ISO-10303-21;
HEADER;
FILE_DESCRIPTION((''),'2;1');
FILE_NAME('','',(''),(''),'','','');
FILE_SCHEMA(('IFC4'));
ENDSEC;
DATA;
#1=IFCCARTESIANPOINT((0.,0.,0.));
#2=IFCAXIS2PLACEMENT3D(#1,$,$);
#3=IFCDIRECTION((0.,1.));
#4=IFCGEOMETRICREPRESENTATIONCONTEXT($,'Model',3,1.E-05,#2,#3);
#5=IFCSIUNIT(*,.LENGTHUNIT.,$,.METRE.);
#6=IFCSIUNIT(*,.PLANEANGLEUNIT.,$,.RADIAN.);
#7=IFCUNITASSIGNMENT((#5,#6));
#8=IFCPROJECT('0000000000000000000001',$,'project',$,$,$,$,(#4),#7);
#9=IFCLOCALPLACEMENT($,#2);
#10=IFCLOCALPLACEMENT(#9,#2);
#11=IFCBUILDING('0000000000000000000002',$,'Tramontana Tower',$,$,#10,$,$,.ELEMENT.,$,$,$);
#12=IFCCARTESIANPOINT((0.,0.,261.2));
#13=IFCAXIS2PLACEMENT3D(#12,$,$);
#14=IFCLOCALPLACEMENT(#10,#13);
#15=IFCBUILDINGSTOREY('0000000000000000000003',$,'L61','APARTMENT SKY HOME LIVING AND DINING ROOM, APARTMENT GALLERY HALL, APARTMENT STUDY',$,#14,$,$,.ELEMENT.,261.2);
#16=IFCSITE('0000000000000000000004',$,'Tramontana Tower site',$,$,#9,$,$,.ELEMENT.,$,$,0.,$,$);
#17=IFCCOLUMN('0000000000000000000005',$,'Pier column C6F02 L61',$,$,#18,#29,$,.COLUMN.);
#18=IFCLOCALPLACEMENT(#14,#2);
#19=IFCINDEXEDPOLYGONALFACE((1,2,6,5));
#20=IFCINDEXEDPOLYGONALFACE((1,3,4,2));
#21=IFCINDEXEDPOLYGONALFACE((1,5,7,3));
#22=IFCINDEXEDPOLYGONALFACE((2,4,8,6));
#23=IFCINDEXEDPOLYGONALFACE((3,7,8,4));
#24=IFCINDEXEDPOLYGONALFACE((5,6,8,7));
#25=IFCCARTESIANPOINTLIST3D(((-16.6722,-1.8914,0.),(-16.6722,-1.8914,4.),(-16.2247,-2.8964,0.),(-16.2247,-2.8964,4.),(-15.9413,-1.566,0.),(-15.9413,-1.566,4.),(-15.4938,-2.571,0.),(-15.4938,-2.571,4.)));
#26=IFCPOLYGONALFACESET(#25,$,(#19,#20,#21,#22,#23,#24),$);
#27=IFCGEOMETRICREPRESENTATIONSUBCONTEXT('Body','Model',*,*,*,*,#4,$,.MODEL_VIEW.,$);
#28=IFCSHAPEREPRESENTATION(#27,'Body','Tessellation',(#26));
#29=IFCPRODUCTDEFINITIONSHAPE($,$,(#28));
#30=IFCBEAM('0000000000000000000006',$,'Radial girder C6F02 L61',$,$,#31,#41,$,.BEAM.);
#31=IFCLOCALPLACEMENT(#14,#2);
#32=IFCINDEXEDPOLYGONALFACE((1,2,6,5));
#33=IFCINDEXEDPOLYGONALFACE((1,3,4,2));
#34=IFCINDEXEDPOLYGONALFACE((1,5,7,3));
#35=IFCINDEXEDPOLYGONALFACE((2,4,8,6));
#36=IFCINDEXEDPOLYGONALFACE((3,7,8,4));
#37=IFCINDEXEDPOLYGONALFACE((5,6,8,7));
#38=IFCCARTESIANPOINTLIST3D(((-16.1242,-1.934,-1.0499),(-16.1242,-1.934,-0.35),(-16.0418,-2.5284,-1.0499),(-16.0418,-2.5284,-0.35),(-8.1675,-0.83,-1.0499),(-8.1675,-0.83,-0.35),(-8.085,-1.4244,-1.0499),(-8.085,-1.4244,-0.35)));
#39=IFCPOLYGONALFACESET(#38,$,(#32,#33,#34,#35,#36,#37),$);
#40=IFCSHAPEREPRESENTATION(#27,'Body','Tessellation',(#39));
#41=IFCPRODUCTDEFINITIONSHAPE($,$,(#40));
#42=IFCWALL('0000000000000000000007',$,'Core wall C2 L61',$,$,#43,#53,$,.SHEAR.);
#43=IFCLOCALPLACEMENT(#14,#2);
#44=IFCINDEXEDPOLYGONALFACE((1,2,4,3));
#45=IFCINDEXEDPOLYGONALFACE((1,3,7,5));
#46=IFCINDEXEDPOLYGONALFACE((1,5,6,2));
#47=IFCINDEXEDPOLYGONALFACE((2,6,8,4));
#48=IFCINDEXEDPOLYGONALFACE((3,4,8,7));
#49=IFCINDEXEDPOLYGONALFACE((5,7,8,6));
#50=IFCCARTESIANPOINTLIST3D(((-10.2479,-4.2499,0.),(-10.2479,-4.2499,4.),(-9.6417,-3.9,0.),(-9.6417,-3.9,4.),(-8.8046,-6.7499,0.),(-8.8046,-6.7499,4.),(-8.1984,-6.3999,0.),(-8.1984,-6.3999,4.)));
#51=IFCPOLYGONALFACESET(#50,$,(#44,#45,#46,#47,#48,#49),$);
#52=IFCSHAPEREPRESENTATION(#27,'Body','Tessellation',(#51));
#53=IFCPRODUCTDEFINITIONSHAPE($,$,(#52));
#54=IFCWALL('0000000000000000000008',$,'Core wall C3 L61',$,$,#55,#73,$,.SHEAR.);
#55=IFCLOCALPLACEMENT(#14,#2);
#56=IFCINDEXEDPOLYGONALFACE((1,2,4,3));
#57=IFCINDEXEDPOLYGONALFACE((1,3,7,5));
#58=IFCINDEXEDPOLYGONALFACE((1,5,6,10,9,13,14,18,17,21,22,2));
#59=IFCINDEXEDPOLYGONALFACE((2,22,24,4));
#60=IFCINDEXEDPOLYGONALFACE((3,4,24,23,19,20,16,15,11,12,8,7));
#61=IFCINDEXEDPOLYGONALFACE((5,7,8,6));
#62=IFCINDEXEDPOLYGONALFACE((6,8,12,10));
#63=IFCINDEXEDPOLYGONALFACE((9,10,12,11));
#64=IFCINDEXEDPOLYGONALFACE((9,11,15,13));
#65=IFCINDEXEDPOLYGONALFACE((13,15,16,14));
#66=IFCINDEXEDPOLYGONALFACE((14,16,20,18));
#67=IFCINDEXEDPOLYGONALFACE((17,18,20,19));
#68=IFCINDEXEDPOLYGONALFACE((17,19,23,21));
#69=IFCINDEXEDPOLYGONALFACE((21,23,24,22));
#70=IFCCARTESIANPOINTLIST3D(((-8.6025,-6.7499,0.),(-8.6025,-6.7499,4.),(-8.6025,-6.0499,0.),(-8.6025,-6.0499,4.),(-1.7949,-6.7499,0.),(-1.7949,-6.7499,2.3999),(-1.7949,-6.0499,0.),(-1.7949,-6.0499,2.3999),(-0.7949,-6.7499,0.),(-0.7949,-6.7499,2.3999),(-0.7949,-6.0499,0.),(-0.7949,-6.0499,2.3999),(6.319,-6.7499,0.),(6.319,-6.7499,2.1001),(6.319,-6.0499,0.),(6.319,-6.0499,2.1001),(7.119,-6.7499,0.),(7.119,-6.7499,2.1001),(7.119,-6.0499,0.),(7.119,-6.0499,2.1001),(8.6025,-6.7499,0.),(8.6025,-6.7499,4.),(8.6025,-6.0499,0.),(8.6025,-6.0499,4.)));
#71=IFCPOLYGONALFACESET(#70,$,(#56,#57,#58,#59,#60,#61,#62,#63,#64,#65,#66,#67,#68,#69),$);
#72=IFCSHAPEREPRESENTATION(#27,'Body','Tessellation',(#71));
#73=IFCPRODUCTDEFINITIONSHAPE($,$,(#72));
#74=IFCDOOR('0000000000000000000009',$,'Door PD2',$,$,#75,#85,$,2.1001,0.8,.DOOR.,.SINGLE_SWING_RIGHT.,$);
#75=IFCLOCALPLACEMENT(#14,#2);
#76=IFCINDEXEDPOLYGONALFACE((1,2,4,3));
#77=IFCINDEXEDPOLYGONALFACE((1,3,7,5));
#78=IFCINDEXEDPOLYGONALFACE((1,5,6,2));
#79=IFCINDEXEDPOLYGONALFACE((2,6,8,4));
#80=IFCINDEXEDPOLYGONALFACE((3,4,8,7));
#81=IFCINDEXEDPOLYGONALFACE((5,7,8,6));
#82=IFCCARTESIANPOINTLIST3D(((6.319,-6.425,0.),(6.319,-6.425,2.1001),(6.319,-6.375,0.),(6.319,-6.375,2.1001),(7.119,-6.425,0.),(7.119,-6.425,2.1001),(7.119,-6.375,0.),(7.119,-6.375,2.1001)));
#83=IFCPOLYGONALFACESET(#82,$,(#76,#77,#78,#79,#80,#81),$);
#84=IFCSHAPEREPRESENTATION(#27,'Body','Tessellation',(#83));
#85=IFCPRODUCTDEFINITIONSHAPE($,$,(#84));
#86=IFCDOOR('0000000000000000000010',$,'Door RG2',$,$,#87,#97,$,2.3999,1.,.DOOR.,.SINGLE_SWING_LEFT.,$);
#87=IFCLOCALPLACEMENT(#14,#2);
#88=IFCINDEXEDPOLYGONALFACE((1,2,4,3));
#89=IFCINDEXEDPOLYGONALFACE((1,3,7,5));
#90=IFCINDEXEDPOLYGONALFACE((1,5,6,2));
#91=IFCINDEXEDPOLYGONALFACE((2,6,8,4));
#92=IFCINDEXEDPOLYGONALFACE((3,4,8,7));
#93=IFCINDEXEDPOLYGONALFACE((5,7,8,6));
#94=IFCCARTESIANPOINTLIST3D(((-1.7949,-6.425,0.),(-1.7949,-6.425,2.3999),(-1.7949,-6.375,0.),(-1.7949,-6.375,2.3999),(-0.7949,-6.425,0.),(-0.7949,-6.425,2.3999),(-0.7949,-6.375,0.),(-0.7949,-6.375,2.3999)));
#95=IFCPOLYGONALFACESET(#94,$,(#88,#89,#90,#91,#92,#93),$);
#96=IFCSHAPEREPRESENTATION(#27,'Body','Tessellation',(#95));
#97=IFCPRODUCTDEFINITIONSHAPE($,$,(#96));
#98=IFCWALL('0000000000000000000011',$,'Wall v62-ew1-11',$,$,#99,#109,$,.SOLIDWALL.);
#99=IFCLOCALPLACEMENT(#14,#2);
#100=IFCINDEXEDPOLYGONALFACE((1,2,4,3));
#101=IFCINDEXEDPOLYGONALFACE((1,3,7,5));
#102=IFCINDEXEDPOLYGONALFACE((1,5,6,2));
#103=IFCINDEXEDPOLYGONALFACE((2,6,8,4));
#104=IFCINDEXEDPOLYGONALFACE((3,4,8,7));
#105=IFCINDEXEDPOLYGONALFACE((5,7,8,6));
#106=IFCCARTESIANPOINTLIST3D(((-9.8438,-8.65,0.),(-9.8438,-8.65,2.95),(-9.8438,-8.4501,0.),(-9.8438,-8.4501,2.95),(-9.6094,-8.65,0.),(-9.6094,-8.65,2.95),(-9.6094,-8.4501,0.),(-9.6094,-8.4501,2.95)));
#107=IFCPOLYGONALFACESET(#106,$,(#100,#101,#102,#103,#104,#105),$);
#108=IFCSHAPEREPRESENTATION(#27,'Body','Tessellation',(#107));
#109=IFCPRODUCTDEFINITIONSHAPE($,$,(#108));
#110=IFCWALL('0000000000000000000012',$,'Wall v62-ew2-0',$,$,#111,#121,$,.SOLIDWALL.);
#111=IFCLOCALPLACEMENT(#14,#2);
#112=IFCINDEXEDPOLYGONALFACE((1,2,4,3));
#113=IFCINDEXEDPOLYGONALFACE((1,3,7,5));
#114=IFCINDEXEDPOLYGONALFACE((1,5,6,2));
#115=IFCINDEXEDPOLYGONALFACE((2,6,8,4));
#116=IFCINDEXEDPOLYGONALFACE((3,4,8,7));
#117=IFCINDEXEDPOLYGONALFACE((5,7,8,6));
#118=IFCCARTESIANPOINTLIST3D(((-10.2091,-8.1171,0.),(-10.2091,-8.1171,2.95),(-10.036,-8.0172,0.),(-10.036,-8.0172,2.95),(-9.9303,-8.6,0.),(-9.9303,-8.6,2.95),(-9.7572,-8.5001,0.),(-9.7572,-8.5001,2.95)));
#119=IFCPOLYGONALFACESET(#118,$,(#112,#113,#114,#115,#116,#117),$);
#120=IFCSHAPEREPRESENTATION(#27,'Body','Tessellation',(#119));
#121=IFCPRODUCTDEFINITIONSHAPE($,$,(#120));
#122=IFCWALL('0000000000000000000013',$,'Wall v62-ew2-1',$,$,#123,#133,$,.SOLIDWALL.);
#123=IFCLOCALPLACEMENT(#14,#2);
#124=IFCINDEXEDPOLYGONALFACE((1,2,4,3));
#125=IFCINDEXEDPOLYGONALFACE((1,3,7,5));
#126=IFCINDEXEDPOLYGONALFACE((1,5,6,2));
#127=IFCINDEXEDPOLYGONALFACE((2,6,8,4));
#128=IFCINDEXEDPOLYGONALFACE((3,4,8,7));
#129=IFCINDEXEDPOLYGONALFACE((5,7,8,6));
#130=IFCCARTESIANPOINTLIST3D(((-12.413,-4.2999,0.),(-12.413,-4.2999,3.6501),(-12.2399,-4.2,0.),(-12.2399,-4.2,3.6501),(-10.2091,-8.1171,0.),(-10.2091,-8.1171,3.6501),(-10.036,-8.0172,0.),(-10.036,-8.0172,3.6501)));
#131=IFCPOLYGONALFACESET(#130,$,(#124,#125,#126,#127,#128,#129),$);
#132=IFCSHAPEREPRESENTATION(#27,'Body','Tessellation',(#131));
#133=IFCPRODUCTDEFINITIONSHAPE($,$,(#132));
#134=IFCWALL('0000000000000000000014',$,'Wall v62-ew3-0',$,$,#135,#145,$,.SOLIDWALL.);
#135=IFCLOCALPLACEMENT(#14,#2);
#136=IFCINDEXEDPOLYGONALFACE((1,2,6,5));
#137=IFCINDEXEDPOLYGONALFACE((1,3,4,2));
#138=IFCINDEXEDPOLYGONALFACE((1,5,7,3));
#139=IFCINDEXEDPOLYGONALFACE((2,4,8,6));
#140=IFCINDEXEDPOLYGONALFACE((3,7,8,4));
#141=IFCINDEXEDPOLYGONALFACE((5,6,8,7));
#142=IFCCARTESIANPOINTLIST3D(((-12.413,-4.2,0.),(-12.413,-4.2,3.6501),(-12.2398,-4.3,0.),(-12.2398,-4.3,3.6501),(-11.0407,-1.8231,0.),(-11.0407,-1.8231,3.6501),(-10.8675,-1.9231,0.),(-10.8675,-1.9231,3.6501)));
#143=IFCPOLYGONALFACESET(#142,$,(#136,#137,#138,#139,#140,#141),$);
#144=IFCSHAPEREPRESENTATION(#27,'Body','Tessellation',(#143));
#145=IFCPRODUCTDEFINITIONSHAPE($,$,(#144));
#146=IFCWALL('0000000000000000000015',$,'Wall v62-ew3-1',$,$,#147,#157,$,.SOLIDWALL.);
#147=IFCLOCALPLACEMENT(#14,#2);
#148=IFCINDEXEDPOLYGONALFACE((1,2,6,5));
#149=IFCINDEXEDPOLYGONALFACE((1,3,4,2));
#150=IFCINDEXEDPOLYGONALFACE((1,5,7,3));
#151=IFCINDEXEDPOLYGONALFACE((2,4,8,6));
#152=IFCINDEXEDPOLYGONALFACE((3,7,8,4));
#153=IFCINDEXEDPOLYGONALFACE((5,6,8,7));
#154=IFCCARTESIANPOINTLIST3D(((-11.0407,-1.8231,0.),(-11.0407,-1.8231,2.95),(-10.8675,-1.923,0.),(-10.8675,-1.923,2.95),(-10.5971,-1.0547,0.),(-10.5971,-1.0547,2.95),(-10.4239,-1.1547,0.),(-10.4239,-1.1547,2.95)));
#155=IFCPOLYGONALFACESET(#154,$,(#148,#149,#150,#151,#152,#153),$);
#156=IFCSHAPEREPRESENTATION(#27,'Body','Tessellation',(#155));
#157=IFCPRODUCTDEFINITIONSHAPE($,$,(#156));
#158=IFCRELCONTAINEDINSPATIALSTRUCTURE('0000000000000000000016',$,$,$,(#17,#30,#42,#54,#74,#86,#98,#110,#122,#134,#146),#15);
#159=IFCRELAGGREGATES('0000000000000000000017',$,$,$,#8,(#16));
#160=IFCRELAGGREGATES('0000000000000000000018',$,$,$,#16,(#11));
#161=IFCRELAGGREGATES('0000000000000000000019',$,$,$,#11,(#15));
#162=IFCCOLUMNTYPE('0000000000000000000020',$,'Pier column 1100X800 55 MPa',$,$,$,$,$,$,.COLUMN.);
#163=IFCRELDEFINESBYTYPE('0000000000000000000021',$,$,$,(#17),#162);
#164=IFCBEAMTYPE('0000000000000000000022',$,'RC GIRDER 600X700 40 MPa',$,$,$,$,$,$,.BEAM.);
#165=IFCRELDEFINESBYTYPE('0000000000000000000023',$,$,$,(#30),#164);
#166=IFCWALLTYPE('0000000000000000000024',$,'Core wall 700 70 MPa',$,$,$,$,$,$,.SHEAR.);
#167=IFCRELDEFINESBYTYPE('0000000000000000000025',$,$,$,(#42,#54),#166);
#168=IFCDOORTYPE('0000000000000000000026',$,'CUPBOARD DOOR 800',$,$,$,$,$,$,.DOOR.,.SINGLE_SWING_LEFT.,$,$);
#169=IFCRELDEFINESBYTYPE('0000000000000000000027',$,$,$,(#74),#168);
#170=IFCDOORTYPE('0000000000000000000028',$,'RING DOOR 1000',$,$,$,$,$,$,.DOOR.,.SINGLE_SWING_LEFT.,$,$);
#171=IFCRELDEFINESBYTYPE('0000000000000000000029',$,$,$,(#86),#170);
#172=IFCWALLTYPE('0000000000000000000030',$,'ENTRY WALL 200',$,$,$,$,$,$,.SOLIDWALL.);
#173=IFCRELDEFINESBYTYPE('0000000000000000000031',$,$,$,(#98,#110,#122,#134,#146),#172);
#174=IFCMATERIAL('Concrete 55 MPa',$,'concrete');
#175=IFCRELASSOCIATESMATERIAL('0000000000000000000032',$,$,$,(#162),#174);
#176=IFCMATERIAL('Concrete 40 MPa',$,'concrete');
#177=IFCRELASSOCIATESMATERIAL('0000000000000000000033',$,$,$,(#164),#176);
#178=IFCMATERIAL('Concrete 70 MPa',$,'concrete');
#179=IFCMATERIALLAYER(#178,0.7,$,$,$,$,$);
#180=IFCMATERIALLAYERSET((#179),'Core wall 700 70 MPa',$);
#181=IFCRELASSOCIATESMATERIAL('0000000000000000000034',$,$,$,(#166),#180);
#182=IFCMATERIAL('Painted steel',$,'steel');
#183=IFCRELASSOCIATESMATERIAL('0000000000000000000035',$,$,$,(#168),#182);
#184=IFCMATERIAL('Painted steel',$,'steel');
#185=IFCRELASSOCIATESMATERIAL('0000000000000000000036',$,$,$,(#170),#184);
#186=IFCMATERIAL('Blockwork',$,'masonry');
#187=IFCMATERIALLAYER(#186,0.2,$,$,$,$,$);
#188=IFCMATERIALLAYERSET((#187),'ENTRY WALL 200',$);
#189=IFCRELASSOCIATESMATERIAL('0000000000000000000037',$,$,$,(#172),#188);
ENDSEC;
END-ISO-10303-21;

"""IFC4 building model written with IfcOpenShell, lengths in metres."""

from ifc_helpers import new_model, si_unit, direction, frame, frame_2d, origin, origin_2d, place, context, subcontext, project, spatial, rectangle, extrude, material, layer, layer_set, material_profile, profile_set, type_object, element, fill, save


model = new_model("IFC4")

# Units and contexts
model_context = context("Model", 3, precision=1e-05, world=origin(), true_north=direction((0.0, 1.0)))
body_context = subcontext(model_context, "Body", "Model", "MODEL_VIEW")
ifc_project = project(units=[si_unit("LENGTHUNIT", "METRE"), si_unit("PLANEANGLEUNIT", "RADIAN")], contexts=[model_context])

# Site, building, storey
site_placement = place(None, origin())
site = spatial("IfcSite", under=ifc_project, at=site_placement, Name="Tramontana Tower site", CompositionType="ELEMENT", RefElevation=0.0)
building_placement = place(site_placement, origin())
building = spatial("IfcBuilding", under=site, at=building_placement, Name="Tramontana Tower", CompositionType="ELEMENT")
storey_placement = place(building_placement, frame((0.0, 0.0, 261.2)))
storey = spatial("IfcBuildingStorey", under=building, at=storey_placement, Name="L61", Description="APARTMENT SKY HOME LIVING AND DINING ROOM, APARTMENT GALLERY HALL, APARTMENT STUDY", CompositionType="ELEMENT", Elevation=261.2)

# Column
ifc_material_1 = material(Name="Concrete 55 MPa", Category="concrete")
ifc_material_profile_1 = material_profile(ifc_material_1, rectangle(XDim=1.1001, YDim=0.8, at=origin_2d()), Name="Pier column 1100X800 55 MPa")
ifc_profile_set_1 = profile_set([ifc_material_profile_1], Name="Concrete 55 MPa")
column_type = type_object("IfcColumnType", Name="Pier column 1100X800 55 MPa", PredefinedType="COLUMN", material=ifc_profile_set_1)
column_placement = place(storey_placement, frame((-16.083, -2.2312, 0.0), z_axis=(0.0, 0.0, 1.0), x_axis=(0.406737, -0.913545, 0.0)))
element("IfcColumn", 1, at=column_placement, inside=storey, type_object=column_type, Name="Pier column C6F02 L61", PredefinedType="COLUMN", context=body_context, shape_type="SweptSolid", body=[
    extrude(rectangle(XDim=1.1001, YDim=0.8, at=origin_2d()), origin(), (0.0, 0.0, 1.0), 4.0),
])

# Beam
ifc_material_2 = material(Name="Concrete 40 MPa", Category="concrete")
ifc_material_profile_2 = material_profile(ifc_material_2, rectangle(XDim=0.6001, YDim=0.7, at=origin_2d()), Name="RC GIRDER 600X700 40 MPa")
ifc_profile_set_2 = profile_set([ifc_material_profile_2], Name="Concrete 40 MPa")
beam_type = type_object("IfcBeamType", Name="RC GIRDER 600X700 40 MPa", PredefinedType="BEAM", material=ifc_profile_set_2)
beam_placement = place(storey_placement, frame((-16.083, -2.2312, -0.7), z_axis=(0.990511, 0.137433, 0.0), x_axis=(-0.137433, 0.990511, 0.0)))
element("IfcBeam", 2, at=beam_placement, inside=storey, type_object=beam_type, Name="Radial girder C6F02 L61", PredefinedType="BEAM", context=body_context, shape_type="SweptSolid", body=[
    extrude(rectangle(XDim=0.6001, YDim=0.7, at=origin_2d()), origin(), (0.0, 0.0, 1.0), 8.033),
])

# Wall
ifc_material_3 = material(Name="Concrete 70 MPa", Category="concrete")
ifc_layer_1 = layer(ifc_material_3, 0.7)
ifc_layer_set_1 = layer_set([ifc_layer_1], Name="Core wall 700 70 MPa")
wall_type_1 = type_object("IfcWallType", Name="Core wall 700 70 MPa", PredefinedType="SHEAR", material=ifc_layer_set_1)
wall_1_placement = place(storey_placement, frame((-9.9448, -4.075, 0.0), z_axis=(0.0, 0.0, 1.0), x_axis=(0.499996, -0.866028, 0.0)))
element("IfcWall", 3, at=wall_1_placement, inside=storey, type_object=wall_type_1, Name="Core wall C2 L61", PredefinedType="SHEAR", context=body_context, shape_type="SweptSolid", body=[
    extrude(rectangle(XDim=2.8867, YDim=0.7, at=frame_2d((1.4434, 0.0))), origin(), (0.0, 0.0, 1.0), 4.0),
])

# Wall, openings, doors
wall_2_placement = place(storey_placement, frame((-8.6025, -6.3999, 0.0), z_axis=(0.0, 0.0, 1.0), x_axis=(1.0, 0.0, 0.0)))
wall_2 = element("IfcWall", 4, at=wall_2_placement, inside=storey, type_object=wall_type_1, Name="Core wall C3 L61", PredefinedType="SHEAR", context=body_context, shape_type="SweptSolid", body=[
    extrude(rectangle(XDim=17.2051, YDim=0.7, at=frame_2d((8.6025, 0.0))), origin(), (0.0, 0.0, 1.0), 4.0),
])
opening_1_placement = place(wall_2_placement, frame((6.8076, 0.0, 0.0)))
opening_1 = element("IfcOpeningElement", 5, at=opening_1_placement, cuts=wall_2, PredefinedType="OPENING", context=body_context, shape_type="SweptSolid", body=[
    extrude(rectangle(XDim=1.0, YDim=2.3999, at=frame_2d((0.5, 1.2))), frame((0.0, 0.3599, 0.0), z_axis=(0.0, -1.0, 0.0), x_axis=(1.0, 0.0, 0.0)), (0.0, 0.0, 1.0), 0.72),
])
opening_2_placement = place(wall_2_placement, frame((14.9216, 0.0, 0.0)))
opening_2 = element("IfcOpeningElement", 6, at=opening_2_placement, cuts=wall_2, PredefinedType="OPENING", context=body_context, shape_type="SweptSolid", body=[
    extrude(rectangle(XDim=0.8, YDim=2.1001, at=frame_2d((0.3999, 1.05))), frame((0.0, 0.3599, 0.0), z_axis=(0.0, -1.0, 0.0), x_axis=(1.0, 0.0, 0.0)), (0.0, 0.0, 1.0), 0.72),
])
ifc_material_4 = material(Name="Painted steel", Category="steel")
door_type_1 = type_object("IfcDoorType", Name="CUPBOARD DOOR 800", OperationType="SINGLE_SWING_LEFT", PredefinedType="DOOR", material=ifc_material_4)
door_1_placement = place(opening_2_placement, origin())
door_1 = element("IfcDoor", 7, at=door_1_placement, inside=storey, type_object=door_type_1, Name="Door PD2", OperationType="SINGLE_SWING_RIGHT", OverallHeight=2.1001, OverallWidth=0.8, PredefinedType="DOOR", context=body_context, shape_type="SweptSolid", body=[
    extrude(rectangle(XDim=0.8, YDim=2.1001, at=frame_2d((0.3999, 1.05))), frame((0.0, 0.0249, 0.0), z_axis=(0.0, -1.0, 0.0), x_axis=(1.0, 0.0, 0.0)), (0.0, 0.0, 1.0), 0.05),
])
fill(opening_2, door_1)
ifc_material_5 = material(Name="Painted steel", Category="steel")
door_type_2 = type_object("IfcDoorType", Name="RING DOOR 1000", OperationType="SINGLE_SWING_LEFT", PredefinedType="DOOR", material=ifc_material_5)
door_2_placement = place(opening_1_placement, origin())
door_2 = element("IfcDoor", 8, at=door_2_placement, inside=storey, type_object=door_type_2, Name="Door RG2", OperationType="SINGLE_SWING_LEFT", OverallHeight=2.3999, OverallWidth=1.0, PredefinedType="DOOR", context=body_context, shape_type="SweptSolid", body=[
    extrude(rectangle(XDim=1.0, YDim=2.3999, at=frame_2d((0.5, 1.2))), frame((0.0, 0.0249, 0.0), z_axis=(0.0, -1.0, 0.0), x_axis=(1.0, 0.0, 0.0)), (0.0, 0.0, 1.0), 0.05),
])
fill(opening_1, door_2)

# Walls
ifc_material_6 = material(Name="Blockwork", Category="masonry")
ifc_layer_2 = layer(ifc_material_6, 0.2)
ifc_layer_set_2 = layer_set([ifc_layer_2], Name="ENTRY WALL 200")
wall_type_2 = type_object("IfcWallType", Name="ENTRY WALL 200", PredefinedType="SOLIDWALL", material=ifc_layer_set_2)
wall_3_placement = place(storey_placement, frame((-9.6094, -8.55, 0.0), z_axis=(0.0, 0.0, 1.0), x_axis=(-1.0, 0.0, 0.0)))
element("IfcWall", 9, at=wall_3_placement, inside=storey, type_object=wall_type_2, Name="Wall v62-ew1-11", PredefinedType="SOLIDWALL", context=body_context, shape_type="SweptSolid", body=[
    extrude(rectangle(XDim=0.2344, YDim=0.2, at=frame_2d((0.1172, 0.0))), origin(), (0.0, 0.0, 1.0), 2.95),
])
wall_4_placement = place(storey_placement, frame((-9.8438, -8.55, 0.0), z_axis=(0.0, 0.0, 1.0), x_axis=(-0.5, 0.866025, 0.0)))
element("IfcWall", 10, at=wall_4_placement, inside=storey, type_object=wall_type_2, Name="Wall v62-ew2-0", PredefinedType="SOLIDWALL", context=body_context, shape_type="SweptSolid", body=[
    extrude(rectangle(XDim=0.5576, YDim=0.2, at=frame_2d((0.2788, 0.0))), origin(), (0.0, 0.0, 1.0), 2.95),
])
wall_5_placement = place(storey_placement, frame((-10.1226, -8.0671, 0.0), z_axis=(0.0, 0.0, 1.0), x_axis=(-0.500005, 0.866022, 0.0)))
element("IfcWall", 11, at=wall_5_placement, inside=storey, type_object=wall_type_2, Name="Wall v62-ew2-1", PredefinedType="SOLIDWALL", context=body_context, shape_type="SweptSolid", body=[
    extrude(rectangle(XDim=4.4077, YDim=0.2, at=frame_2d((2.2039, 0.0))), origin(), (0.0, 0.0, 1.0), 3.6501),
])
wall_6_placement = place(storey_placement, frame((-12.3264, -4.25, 0.0), z_axis=(0.0, 0.0, 1.0), x_axis=(0.499995, 0.866029, 0.0)))
element("IfcWall", 12, at=wall_6_placement, inside=storey, type_object=wall_type_2, Name="Wall v62-ew3-0", PredefinedType="SOLIDWALL", context=body_context, shape_type="SweptSolid", body=[
    extrude(rectangle(XDim=2.7446, YDim=0.2, at=frame_2d((1.3723, 0.0))), origin(), (0.0, 0.0, 1.0), 3.6501),
])
wall_7_placement = place(storey_placement, frame((-10.9541, -1.873, 0.0), z_axis=(0.0, 0.0, 1.0), x_axis=(0.500016, 0.866016, 0.0)))
element("IfcWall", 13, at=wall_7_placement, inside=storey, type_object=wall_type_2, Name="Wall v62-ew3-1", PredefinedType="SOLIDWALL", context=body_context, shape_type="SweptSolid", body=[
    extrude(rectangle(XDim=0.8872, YDim=0.2, at=frame_2d((0.4436, 0.0))), origin(), (0.0, 0.0, 1.0), 2.95),
])

save(model, "model.ifc")
